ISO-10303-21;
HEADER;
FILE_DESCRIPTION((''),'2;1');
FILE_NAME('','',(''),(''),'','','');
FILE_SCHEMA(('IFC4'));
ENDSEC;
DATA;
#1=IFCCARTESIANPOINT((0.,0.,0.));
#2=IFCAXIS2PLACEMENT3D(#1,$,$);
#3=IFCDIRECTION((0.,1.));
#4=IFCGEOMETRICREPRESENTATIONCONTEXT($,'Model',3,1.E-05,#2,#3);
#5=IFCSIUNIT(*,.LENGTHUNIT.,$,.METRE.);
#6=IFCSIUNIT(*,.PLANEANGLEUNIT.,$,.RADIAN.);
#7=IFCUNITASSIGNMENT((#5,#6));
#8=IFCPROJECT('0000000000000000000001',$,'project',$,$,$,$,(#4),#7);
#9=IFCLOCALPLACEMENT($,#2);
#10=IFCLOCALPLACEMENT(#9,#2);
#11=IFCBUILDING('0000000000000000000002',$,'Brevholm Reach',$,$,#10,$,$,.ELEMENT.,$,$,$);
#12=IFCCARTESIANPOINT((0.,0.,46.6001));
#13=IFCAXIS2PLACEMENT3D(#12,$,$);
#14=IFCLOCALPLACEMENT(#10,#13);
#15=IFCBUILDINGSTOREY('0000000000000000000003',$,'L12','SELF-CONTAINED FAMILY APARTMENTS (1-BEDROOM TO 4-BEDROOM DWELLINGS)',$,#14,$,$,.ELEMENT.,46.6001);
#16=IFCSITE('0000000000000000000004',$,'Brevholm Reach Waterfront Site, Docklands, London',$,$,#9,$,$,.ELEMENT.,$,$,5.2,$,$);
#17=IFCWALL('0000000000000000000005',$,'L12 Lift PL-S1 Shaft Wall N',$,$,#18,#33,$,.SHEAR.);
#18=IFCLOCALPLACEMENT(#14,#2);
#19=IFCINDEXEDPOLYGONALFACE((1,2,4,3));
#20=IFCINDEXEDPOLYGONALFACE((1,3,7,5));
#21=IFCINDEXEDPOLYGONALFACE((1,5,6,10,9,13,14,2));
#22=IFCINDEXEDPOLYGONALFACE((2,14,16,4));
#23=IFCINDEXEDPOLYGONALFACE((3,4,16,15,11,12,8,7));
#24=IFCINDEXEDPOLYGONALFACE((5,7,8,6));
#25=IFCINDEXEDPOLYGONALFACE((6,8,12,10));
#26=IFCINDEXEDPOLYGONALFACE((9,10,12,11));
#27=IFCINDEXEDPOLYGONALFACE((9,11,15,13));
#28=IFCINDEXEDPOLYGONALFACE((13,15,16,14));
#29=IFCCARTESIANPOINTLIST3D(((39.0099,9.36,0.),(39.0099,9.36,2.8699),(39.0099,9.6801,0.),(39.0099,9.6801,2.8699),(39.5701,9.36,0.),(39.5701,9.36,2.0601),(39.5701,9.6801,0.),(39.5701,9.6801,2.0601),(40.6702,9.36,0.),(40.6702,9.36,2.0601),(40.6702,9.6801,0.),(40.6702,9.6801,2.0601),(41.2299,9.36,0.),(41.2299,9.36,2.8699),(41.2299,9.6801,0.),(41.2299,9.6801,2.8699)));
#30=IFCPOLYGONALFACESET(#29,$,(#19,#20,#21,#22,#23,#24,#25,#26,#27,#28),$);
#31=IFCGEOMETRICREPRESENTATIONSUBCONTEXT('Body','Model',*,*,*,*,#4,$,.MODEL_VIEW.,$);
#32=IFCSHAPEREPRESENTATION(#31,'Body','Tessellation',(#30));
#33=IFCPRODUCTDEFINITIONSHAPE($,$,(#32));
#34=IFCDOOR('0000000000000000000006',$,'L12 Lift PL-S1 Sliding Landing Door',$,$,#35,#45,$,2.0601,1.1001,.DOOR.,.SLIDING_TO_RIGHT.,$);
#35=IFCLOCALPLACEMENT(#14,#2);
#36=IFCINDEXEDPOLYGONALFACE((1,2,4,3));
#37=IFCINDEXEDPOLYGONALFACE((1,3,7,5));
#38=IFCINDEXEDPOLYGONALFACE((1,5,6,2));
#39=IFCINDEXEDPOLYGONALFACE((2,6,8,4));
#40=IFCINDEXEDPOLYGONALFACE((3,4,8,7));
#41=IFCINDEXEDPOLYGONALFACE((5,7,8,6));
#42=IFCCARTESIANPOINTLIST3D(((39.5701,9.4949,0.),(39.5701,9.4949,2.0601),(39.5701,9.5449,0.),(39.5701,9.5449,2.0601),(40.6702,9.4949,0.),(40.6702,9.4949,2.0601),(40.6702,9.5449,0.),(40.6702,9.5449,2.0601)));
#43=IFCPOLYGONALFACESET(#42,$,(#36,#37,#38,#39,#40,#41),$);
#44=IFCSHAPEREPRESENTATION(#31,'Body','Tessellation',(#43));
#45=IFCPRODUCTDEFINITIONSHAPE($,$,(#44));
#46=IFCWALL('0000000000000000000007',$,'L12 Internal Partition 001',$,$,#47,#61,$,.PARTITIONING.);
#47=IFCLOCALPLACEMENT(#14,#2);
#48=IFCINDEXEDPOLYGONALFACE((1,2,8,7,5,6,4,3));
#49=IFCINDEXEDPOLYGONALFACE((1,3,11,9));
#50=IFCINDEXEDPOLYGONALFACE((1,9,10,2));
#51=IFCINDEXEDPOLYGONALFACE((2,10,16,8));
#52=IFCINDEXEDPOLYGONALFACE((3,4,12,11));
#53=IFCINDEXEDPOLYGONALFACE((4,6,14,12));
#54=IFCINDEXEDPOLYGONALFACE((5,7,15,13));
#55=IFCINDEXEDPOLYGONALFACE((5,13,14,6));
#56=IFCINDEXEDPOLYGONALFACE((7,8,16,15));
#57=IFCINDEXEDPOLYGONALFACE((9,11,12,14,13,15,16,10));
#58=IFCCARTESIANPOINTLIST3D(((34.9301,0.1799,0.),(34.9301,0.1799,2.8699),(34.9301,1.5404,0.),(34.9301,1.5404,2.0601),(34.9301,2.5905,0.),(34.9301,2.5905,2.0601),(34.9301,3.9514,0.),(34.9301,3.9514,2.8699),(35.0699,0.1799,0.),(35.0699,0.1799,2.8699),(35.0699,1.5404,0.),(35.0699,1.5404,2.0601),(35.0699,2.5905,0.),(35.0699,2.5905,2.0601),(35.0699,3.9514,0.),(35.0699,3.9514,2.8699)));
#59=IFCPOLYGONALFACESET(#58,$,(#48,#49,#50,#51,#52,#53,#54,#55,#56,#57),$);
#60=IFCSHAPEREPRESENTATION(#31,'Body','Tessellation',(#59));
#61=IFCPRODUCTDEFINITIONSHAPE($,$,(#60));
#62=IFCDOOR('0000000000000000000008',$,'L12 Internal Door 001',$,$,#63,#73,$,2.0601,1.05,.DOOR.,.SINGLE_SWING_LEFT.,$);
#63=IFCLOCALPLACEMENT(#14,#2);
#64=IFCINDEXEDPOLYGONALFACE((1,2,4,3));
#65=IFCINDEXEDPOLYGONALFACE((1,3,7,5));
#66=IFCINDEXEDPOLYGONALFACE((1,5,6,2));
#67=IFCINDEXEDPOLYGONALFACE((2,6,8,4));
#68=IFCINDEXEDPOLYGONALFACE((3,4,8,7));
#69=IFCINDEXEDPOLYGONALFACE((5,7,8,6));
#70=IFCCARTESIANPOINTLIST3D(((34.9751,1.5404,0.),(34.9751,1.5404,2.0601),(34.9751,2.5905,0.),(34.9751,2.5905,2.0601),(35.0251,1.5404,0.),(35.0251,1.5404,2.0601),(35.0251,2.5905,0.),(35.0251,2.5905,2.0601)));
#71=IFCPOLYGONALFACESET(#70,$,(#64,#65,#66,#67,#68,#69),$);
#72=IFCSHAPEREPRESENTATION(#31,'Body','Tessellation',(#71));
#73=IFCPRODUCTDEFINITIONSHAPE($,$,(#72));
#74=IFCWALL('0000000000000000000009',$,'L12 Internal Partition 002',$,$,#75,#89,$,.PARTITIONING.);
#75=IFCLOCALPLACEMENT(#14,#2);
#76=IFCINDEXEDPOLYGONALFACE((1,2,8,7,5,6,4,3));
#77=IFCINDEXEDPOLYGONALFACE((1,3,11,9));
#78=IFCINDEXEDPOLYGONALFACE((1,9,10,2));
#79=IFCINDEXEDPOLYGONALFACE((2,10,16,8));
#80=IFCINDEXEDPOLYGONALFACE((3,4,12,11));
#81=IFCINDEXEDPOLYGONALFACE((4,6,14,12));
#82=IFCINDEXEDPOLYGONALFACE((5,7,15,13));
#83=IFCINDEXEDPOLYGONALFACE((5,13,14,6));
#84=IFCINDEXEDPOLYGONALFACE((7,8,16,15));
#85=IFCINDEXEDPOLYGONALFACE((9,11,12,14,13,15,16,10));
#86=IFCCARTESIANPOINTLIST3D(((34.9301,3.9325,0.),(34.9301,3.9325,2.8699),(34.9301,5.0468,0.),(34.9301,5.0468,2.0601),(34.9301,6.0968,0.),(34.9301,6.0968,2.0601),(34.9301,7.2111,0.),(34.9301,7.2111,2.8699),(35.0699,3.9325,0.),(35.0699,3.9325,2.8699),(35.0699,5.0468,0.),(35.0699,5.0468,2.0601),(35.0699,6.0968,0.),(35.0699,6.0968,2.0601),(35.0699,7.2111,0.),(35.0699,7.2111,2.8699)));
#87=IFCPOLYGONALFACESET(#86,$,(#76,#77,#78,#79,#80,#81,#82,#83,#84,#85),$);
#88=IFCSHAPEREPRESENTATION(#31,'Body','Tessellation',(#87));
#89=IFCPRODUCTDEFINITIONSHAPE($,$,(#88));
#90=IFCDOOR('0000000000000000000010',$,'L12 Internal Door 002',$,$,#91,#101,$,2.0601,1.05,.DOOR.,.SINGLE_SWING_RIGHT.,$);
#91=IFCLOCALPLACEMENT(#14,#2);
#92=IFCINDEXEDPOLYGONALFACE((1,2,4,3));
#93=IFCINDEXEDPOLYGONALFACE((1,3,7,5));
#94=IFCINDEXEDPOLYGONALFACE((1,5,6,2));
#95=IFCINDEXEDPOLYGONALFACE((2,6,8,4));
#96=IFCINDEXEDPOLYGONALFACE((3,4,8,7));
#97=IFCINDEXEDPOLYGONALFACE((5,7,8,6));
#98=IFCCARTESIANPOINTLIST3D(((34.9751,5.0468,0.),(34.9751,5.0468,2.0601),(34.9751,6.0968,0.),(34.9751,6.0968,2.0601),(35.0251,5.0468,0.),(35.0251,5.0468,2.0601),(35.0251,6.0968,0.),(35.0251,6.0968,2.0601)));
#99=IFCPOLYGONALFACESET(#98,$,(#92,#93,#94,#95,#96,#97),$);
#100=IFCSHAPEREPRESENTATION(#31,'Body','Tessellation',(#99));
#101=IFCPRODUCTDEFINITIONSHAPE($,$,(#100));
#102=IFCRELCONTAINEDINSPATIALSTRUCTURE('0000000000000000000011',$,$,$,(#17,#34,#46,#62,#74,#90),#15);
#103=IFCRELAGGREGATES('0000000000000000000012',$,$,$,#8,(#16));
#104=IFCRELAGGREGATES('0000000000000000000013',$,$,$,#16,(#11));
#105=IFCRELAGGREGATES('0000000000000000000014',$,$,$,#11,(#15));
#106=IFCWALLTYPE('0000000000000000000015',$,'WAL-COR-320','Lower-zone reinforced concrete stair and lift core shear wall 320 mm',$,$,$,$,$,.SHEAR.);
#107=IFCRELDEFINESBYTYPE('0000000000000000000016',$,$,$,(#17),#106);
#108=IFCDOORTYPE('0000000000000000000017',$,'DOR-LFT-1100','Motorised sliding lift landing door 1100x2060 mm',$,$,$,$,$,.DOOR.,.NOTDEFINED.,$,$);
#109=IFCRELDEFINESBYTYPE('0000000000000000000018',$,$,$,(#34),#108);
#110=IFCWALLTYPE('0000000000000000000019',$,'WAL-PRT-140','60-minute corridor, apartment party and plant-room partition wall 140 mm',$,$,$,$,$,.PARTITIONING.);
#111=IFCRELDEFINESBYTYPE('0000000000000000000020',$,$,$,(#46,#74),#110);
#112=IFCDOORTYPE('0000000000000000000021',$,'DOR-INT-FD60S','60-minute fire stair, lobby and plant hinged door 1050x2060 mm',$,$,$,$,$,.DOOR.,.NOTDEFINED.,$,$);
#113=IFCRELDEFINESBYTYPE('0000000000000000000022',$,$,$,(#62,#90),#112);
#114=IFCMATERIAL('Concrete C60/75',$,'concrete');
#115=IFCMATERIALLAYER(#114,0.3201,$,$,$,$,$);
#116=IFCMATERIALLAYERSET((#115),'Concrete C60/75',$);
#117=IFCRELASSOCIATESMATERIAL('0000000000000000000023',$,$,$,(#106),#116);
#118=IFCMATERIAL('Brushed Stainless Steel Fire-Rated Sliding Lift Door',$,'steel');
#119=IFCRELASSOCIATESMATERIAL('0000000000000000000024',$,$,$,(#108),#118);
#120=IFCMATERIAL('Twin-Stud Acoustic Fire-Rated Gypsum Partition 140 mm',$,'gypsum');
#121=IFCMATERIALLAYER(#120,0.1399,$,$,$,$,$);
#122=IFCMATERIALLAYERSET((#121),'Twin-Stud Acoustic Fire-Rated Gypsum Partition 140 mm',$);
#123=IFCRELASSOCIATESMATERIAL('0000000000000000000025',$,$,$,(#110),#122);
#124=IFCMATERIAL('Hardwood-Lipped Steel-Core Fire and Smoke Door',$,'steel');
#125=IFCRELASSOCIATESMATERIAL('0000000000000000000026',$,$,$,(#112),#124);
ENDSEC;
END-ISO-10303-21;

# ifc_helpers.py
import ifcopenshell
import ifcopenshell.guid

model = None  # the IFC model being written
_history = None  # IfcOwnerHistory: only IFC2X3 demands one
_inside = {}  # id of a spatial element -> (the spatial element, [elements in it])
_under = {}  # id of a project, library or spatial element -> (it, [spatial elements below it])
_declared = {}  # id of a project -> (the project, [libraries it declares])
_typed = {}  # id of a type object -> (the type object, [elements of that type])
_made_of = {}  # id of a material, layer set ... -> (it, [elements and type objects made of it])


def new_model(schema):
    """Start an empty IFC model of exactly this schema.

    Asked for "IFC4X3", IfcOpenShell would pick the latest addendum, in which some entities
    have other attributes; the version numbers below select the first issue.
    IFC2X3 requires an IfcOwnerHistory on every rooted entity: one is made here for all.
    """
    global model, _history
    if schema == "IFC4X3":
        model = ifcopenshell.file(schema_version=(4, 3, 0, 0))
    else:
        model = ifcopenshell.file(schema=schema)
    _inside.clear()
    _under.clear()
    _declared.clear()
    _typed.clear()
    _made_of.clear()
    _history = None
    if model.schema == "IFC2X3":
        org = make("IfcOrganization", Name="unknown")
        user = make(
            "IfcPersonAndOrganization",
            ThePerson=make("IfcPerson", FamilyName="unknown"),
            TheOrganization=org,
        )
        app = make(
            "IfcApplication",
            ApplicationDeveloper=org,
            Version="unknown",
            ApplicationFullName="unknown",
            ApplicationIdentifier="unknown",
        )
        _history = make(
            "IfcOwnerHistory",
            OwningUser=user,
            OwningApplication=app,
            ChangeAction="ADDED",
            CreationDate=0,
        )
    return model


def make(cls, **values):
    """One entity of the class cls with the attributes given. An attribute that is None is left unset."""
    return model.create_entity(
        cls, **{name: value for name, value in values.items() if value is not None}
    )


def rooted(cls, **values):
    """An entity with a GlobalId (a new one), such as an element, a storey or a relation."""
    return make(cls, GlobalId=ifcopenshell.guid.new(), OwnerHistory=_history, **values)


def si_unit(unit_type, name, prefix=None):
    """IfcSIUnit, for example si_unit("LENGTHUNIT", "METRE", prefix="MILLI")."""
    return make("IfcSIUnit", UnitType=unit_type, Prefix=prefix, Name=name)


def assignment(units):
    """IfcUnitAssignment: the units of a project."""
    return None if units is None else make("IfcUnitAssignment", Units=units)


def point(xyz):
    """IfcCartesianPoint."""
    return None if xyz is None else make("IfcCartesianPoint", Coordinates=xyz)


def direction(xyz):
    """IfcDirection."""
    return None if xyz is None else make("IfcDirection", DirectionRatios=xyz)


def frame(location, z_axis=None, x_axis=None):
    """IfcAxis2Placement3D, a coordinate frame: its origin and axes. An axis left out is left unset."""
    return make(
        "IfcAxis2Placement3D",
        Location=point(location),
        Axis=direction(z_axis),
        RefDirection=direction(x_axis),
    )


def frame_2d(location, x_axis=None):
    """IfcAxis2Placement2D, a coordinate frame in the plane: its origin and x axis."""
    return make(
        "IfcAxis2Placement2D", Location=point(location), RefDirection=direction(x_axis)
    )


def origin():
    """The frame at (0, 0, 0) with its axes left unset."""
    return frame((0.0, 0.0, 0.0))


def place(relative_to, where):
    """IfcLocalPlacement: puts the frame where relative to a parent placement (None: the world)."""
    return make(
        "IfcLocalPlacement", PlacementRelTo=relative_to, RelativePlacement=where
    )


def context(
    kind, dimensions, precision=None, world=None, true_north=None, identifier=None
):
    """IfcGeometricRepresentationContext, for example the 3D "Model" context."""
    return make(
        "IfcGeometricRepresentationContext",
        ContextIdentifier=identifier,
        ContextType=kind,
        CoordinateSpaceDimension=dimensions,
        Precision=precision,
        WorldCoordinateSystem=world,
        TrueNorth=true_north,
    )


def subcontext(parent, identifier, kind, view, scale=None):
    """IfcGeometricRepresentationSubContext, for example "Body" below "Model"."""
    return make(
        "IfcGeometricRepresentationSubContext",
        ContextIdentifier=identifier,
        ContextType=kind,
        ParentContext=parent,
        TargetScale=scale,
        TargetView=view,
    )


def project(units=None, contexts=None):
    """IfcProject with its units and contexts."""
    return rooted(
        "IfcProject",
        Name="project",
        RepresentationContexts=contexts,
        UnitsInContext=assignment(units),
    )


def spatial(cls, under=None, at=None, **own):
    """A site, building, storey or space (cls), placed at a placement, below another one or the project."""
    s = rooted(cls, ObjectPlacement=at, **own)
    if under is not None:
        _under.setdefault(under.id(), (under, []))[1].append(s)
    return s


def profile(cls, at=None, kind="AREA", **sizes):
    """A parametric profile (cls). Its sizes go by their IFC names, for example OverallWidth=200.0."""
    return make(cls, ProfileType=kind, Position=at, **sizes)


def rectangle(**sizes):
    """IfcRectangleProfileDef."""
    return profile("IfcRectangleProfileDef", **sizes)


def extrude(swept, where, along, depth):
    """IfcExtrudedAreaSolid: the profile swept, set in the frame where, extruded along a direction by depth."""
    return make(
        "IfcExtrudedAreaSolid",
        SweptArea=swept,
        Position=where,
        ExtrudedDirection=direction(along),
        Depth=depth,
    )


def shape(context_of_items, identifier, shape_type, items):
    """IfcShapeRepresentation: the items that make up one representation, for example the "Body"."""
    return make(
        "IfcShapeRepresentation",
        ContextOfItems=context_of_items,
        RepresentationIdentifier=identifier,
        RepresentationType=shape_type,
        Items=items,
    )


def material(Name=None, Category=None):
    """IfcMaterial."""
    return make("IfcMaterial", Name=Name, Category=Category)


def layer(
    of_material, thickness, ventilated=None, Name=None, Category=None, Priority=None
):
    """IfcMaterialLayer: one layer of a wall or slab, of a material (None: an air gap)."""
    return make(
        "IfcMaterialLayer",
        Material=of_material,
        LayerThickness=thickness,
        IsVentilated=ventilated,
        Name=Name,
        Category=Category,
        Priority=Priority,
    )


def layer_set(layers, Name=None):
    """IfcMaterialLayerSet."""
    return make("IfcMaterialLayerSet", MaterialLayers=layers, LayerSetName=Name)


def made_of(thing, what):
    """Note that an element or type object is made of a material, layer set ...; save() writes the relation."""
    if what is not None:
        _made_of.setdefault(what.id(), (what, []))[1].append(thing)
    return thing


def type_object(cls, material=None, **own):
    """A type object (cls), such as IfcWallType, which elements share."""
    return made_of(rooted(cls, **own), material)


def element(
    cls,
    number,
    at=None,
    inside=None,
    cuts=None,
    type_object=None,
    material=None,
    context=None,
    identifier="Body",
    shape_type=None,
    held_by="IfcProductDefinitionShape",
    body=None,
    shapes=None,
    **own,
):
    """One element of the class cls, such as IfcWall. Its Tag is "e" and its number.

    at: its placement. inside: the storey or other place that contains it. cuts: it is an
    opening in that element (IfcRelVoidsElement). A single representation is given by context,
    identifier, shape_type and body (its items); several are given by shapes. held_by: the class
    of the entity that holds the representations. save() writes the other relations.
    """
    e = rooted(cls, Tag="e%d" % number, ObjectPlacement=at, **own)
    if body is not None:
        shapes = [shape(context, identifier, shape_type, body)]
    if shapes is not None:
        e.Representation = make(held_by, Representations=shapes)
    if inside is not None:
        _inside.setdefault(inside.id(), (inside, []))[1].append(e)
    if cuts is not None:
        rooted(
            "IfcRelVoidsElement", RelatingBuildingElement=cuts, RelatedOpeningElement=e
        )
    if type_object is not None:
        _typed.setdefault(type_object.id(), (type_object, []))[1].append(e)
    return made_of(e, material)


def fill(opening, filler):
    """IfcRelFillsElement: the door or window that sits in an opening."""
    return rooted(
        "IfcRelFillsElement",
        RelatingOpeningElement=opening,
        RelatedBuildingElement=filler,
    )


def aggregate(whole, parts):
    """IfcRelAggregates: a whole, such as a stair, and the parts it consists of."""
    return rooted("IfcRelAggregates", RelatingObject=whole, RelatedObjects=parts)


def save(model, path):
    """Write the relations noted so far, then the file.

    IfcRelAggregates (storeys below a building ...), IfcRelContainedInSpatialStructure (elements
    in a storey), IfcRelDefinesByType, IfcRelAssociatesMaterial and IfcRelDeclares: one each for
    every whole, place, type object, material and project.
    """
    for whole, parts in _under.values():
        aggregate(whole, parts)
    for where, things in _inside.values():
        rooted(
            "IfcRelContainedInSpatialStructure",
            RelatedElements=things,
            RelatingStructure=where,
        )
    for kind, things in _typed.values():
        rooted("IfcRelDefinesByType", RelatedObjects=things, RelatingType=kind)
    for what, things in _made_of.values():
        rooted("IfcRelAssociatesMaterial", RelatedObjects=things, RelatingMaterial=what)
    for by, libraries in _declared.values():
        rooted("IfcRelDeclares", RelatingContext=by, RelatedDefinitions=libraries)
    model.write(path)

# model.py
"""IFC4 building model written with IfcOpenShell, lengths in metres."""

from ifc_helpers import new_model, si_unit, direction, frame, frame_2d, origin, place, context, subcontext, project, spatial, rectangle, extrude, material, layer, layer_set, type_object, element, fill, save


model = new_model("IFC4")

# Units and contexts
model_context = context("Model", 3, precision=1e-05, world=origin(), true_north=direction((0.0, 1.0)))
body_context = subcontext(model_context, "Body", "Model", "MODEL_VIEW")
ifc_project = project(units=[si_unit("LENGTHUNIT", "METRE"), si_unit("PLANEANGLEUNIT", "RADIAN")], contexts=[model_context])

# Site, building, storey
site_placement = place(None, origin())
site = spatial("IfcSite", under=ifc_project, at=site_placement, Name="Brevholm Reach Waterfront Site, Docklands, London", CompositionType="ELEMENT", RefElevation=5.2)
building_placement = place(site_placement, origin())
building = spatial("IfcBuilding", under=site, at=building_placement, Name="Brevholm Reach", CompositionType="ELEMENT")
storey_placement = place(building_placement, frame((0.0, 0.0, 46.6001)))
storey = spatial("IfcBuildingStorey", under=building, at=storey_placement, Name="L12", Description="SELF-CONTAINED FAMILY APARTMENTS (1-BEDROOM TO 4-BEDROOM DWELLINGS)", CompositionType="ELEMENT", Elevation=46.6001)

# Shared definitions
ifc_material_1 = material(Name="Concrete C60/75", Category="concrete")
ifc_layer_1 = layer(ifc_material_1, 0.3201)
ifc_layer_set_1 = layer_set([ifc_layer_1], Name="Concrete C60/75")
wall_type_1 = type_object("IfcWallType", Name="WAL-COR-320", Description="Lower-zone reinforced concrete stair and lift core shear wall 320 mm", PredefinedType="SHEAR", material=ifc_layer_set_1)

# Walls, openings, doors
wall_1_placement = place(storey_placement, frame((39.01, 9.52, 0.0), z_axis=(0.0, 0.0, 1.0), x_axis=(1.0, 0.0, 0.0)))
wall_1 = element("IfcWall", 1, at=wall_1_placement, inside=storey, type_object=wall_type_1, Name="L12 Lift PL-S1 Shaft Wall N", PredefinedType="SHEAR", context=body_context, shape_type="SweptSolid", body=[
    extrude(rectangle(XDim=2.22, YDim=0.3201, at=frame_2d((1.1099, 0.0))), origin(), (0.0, 0.0, 1.0), 2.8699),
])
opening_1_placement = place(wall_1_placement, frame((0.5601, 0.0, 0.0)))
opening_1 = element("IfcOpeningElement", 2, at=opening_1_placement, cuts=wall_1, PredefinedType="OPENING", context=body_context, shape_type="SweptSolid", body=[
    extrude(rectangle(XDim=1.1001, YDim=2.0601, at=frame_2d((0.55, 1.03))), frame((0.0, 0.1699, 0.0), z_axis=(0.0, -1.0, 0.0), x_axis=(1.0, 0.0, 0.0)), (0.0, 0.0, 1.0), 0.3401),
])
ifc_material_2 = material(Name="Brushed Stainless Steel Fire-Rated Sliding Lift Door", Category="steel")
door_type_1 = type_object("IfcDoorType", Name="DOR-LFT-1100", Description="Motorised sliding lift landing door 1100x2060 mm", OperationType="NOTDEFINED", PredefinedType="DOOR", material=ifc_material_2)
door_1_placement = place(opening_1_placement, origin())
door_1 = element("IfcDoor", 3, at=door_1_placement, inside=storey, type_object=door_type_1, Name="L12 Lift PL-S1 Sliding Landing Door", OperationType="SLIDING_TO_RIGHT", OverallHeight=2.0601, OverallWidth=1.1001, PredefinedType="DOOR", context=body_context, shape_type="SweptSolid", body=[
    extrude(rectangle(XDim=1.1001, YDim=2.0601, at=frame_2d((0.55, 1.03))), frame((0.0, 0.0249, 0.0), z_axis=(0.0, -1.0, 0.0), x_axis=(1.0, 0.0, 0.0)), (0.0, 0.0, 1.0), 0.05),
])
fill(opening_1, door_1)
ifc_material_3 = material(Name="Twin-Stud Acoustic Fire-Rated Gypsum Partition 140 mm", Category="gypsum")
ifc_layer_2 = layer(ifc_material_3, 0.1399)
ifc_layer_set_2 = layer_set([ifc_layer_2], Name="Twin-Stud Acoustic Fire-Rated Gypsum Partition 140 mm")
wall_type_2 = type_object("IfcWallType", Name="WAL-PRT-140", Description="60-minute corridor, apartment party and plant-room partition wall 140 mm", PredefinedType="PARTITIONING", material=ifc_layer_set_2)
wall_2_placement = place(storey_placement, frame((35.0, 0.1799, 0.0), z_axis=(0.0, 0.0, 1.0), x_axis=(0.0, 1.0, 0.0)))
wall_2 = element("IfcWall", 4, at=wall_2_placement, inside=storey, type_object=wall_type_2, Name="L12 Internal Partition 001", PredefinedType="PARTITIONING", context=body_context, shape_type="SweptSolid", body=[
    extrude(rectangle(XDim=3.7715, YDim=0.1399, at=frame_2d((1.8857, 0.0))), origin(), (0.0, 0.0, 1.0), 2.8699),
])
opening_2_placement = place(wall_2_placement, frame((1.3606, 0.0, 0.0)))
opening_2 = element("IfcOpeningElement", 5, at=opening_2_placement, cuts=wall_2, PredefinedType="OPENING", context=body_context, shape_type="SweptSolid", body=[
    extrude(rectangle(XDim=1.05, YDim=2.0601, at=frame_2d((0.5249, 1.03))), frame((0.0, 0.0798, 0.0), z_axis=(0.0, -1.0, 0.0), x_axis=(1.0, 0.0, 0.0)), (0.0, 0.0, 1.0), 0.1599),
])
ifc_material_4 = material(Name="Hardwood-Lipped Steel-Core Fire and Smoke Door", Category="steel")
door_type_2 = type_object("IfcDoorType", Name="DOR-INT-FD60S", Description="60-minute fire stair, lobby and plant hinged door 1050x2060 mm", OperationType="NOTDEFINED", PredefinedType="DOOR", material=ifc_material_4)
door_2_placement = place(opening_2_placement, origin())
door_2 = element("IfcDoor", 6, at=door_2_placement, inside=storey, type_object=door_type_2, Name="L12 Internal Door 001", OperationType="SINGLE_SWING_LEFT", OverallHeight=2.0601, OverallWidth=1.05, PredefinedType="DOOR", context=body_context, shape_type="SweptSolid", body=[
    extrude(rectangle(XDim=1.05, YDim=2.0601, at=frame_2d((0.5249, 1.03))), frame((0.0, 0.0249, 0.0), z_axis=(0.0, -1.0, 0.0), x_axis=(1.0, 0.0, 0.0)), (0.0, 0.0, 1.0), 0.05),
])
fill(opening_2, door_2)
wall_3_placement = place(storey_placement, frame((35.0, 3.9326, 0.0), z_axis=(0.0, 0.0, 1.0), x_axis=(0.0, 1.0, 0.0)))
wall_3 = element("IfcWall", 7, at=wall_3_placement, inside=storey, type_object=wall_type_2, Name="L12 Internal Partition 002", PredefinedType="PARTITIONING", context=body_context, shape_type="SweptSolid", body=[
    extrude(rectangle(XDim=3.2786, YDim=0.1399, at=frame_2d((1.6392, 0.0))), origin(), (0.0, 0.0, 1.0), 2.8699),
])
opening_3_placement = place(wall_3_placement, frame((1.1143, 0.0, 0.0)))
opening_3 = element("IfcOpeningElement", 8, at=opening_3_placement, cuts=wall_3, PredefinedType="OPENING", context=body_context, shape_type="SweptSolid", body=[
    extrude(rectangle(XDim=1.05, YDim=2.0601, at=frame_2d((0.5249, 1.03))), frame((0.0, 0.0798, 0.0), z_axis=(0.0, -1.0, 0.0), x_axis=(1.0, 0.0, 0.0)), (0.0, 0.0, 1.0), 0.1599),
])
door_3_placement = place(opening_3_placement, origin())
door_3 = element("IfcDoor", 9, at=door_3_placement, inside=storey, type_object=door_type_2, Name="L12 Internal Door 002", OperationType="SINGLE_SWING_RIGHT", OverallHeight=2.0601, OverallWidth=1.05, PredefinedType="DOOR", context=body_context, shape_type="SweptSolid", body=[
    extrude(rectangle(XDim=1.05, YDim=2.0601, at=frame_2d((0.5249, 1.03))), frame((0.0, 0.0249, 0.0), z_axis=(0.0, -1.0, 0.0), x_axis=(1.0, 0.0, 0.0)), (0.0, 0.0, 1.0), 0.05),
])
fill(opening_3, door_3)

save(model, "model.ifc")
